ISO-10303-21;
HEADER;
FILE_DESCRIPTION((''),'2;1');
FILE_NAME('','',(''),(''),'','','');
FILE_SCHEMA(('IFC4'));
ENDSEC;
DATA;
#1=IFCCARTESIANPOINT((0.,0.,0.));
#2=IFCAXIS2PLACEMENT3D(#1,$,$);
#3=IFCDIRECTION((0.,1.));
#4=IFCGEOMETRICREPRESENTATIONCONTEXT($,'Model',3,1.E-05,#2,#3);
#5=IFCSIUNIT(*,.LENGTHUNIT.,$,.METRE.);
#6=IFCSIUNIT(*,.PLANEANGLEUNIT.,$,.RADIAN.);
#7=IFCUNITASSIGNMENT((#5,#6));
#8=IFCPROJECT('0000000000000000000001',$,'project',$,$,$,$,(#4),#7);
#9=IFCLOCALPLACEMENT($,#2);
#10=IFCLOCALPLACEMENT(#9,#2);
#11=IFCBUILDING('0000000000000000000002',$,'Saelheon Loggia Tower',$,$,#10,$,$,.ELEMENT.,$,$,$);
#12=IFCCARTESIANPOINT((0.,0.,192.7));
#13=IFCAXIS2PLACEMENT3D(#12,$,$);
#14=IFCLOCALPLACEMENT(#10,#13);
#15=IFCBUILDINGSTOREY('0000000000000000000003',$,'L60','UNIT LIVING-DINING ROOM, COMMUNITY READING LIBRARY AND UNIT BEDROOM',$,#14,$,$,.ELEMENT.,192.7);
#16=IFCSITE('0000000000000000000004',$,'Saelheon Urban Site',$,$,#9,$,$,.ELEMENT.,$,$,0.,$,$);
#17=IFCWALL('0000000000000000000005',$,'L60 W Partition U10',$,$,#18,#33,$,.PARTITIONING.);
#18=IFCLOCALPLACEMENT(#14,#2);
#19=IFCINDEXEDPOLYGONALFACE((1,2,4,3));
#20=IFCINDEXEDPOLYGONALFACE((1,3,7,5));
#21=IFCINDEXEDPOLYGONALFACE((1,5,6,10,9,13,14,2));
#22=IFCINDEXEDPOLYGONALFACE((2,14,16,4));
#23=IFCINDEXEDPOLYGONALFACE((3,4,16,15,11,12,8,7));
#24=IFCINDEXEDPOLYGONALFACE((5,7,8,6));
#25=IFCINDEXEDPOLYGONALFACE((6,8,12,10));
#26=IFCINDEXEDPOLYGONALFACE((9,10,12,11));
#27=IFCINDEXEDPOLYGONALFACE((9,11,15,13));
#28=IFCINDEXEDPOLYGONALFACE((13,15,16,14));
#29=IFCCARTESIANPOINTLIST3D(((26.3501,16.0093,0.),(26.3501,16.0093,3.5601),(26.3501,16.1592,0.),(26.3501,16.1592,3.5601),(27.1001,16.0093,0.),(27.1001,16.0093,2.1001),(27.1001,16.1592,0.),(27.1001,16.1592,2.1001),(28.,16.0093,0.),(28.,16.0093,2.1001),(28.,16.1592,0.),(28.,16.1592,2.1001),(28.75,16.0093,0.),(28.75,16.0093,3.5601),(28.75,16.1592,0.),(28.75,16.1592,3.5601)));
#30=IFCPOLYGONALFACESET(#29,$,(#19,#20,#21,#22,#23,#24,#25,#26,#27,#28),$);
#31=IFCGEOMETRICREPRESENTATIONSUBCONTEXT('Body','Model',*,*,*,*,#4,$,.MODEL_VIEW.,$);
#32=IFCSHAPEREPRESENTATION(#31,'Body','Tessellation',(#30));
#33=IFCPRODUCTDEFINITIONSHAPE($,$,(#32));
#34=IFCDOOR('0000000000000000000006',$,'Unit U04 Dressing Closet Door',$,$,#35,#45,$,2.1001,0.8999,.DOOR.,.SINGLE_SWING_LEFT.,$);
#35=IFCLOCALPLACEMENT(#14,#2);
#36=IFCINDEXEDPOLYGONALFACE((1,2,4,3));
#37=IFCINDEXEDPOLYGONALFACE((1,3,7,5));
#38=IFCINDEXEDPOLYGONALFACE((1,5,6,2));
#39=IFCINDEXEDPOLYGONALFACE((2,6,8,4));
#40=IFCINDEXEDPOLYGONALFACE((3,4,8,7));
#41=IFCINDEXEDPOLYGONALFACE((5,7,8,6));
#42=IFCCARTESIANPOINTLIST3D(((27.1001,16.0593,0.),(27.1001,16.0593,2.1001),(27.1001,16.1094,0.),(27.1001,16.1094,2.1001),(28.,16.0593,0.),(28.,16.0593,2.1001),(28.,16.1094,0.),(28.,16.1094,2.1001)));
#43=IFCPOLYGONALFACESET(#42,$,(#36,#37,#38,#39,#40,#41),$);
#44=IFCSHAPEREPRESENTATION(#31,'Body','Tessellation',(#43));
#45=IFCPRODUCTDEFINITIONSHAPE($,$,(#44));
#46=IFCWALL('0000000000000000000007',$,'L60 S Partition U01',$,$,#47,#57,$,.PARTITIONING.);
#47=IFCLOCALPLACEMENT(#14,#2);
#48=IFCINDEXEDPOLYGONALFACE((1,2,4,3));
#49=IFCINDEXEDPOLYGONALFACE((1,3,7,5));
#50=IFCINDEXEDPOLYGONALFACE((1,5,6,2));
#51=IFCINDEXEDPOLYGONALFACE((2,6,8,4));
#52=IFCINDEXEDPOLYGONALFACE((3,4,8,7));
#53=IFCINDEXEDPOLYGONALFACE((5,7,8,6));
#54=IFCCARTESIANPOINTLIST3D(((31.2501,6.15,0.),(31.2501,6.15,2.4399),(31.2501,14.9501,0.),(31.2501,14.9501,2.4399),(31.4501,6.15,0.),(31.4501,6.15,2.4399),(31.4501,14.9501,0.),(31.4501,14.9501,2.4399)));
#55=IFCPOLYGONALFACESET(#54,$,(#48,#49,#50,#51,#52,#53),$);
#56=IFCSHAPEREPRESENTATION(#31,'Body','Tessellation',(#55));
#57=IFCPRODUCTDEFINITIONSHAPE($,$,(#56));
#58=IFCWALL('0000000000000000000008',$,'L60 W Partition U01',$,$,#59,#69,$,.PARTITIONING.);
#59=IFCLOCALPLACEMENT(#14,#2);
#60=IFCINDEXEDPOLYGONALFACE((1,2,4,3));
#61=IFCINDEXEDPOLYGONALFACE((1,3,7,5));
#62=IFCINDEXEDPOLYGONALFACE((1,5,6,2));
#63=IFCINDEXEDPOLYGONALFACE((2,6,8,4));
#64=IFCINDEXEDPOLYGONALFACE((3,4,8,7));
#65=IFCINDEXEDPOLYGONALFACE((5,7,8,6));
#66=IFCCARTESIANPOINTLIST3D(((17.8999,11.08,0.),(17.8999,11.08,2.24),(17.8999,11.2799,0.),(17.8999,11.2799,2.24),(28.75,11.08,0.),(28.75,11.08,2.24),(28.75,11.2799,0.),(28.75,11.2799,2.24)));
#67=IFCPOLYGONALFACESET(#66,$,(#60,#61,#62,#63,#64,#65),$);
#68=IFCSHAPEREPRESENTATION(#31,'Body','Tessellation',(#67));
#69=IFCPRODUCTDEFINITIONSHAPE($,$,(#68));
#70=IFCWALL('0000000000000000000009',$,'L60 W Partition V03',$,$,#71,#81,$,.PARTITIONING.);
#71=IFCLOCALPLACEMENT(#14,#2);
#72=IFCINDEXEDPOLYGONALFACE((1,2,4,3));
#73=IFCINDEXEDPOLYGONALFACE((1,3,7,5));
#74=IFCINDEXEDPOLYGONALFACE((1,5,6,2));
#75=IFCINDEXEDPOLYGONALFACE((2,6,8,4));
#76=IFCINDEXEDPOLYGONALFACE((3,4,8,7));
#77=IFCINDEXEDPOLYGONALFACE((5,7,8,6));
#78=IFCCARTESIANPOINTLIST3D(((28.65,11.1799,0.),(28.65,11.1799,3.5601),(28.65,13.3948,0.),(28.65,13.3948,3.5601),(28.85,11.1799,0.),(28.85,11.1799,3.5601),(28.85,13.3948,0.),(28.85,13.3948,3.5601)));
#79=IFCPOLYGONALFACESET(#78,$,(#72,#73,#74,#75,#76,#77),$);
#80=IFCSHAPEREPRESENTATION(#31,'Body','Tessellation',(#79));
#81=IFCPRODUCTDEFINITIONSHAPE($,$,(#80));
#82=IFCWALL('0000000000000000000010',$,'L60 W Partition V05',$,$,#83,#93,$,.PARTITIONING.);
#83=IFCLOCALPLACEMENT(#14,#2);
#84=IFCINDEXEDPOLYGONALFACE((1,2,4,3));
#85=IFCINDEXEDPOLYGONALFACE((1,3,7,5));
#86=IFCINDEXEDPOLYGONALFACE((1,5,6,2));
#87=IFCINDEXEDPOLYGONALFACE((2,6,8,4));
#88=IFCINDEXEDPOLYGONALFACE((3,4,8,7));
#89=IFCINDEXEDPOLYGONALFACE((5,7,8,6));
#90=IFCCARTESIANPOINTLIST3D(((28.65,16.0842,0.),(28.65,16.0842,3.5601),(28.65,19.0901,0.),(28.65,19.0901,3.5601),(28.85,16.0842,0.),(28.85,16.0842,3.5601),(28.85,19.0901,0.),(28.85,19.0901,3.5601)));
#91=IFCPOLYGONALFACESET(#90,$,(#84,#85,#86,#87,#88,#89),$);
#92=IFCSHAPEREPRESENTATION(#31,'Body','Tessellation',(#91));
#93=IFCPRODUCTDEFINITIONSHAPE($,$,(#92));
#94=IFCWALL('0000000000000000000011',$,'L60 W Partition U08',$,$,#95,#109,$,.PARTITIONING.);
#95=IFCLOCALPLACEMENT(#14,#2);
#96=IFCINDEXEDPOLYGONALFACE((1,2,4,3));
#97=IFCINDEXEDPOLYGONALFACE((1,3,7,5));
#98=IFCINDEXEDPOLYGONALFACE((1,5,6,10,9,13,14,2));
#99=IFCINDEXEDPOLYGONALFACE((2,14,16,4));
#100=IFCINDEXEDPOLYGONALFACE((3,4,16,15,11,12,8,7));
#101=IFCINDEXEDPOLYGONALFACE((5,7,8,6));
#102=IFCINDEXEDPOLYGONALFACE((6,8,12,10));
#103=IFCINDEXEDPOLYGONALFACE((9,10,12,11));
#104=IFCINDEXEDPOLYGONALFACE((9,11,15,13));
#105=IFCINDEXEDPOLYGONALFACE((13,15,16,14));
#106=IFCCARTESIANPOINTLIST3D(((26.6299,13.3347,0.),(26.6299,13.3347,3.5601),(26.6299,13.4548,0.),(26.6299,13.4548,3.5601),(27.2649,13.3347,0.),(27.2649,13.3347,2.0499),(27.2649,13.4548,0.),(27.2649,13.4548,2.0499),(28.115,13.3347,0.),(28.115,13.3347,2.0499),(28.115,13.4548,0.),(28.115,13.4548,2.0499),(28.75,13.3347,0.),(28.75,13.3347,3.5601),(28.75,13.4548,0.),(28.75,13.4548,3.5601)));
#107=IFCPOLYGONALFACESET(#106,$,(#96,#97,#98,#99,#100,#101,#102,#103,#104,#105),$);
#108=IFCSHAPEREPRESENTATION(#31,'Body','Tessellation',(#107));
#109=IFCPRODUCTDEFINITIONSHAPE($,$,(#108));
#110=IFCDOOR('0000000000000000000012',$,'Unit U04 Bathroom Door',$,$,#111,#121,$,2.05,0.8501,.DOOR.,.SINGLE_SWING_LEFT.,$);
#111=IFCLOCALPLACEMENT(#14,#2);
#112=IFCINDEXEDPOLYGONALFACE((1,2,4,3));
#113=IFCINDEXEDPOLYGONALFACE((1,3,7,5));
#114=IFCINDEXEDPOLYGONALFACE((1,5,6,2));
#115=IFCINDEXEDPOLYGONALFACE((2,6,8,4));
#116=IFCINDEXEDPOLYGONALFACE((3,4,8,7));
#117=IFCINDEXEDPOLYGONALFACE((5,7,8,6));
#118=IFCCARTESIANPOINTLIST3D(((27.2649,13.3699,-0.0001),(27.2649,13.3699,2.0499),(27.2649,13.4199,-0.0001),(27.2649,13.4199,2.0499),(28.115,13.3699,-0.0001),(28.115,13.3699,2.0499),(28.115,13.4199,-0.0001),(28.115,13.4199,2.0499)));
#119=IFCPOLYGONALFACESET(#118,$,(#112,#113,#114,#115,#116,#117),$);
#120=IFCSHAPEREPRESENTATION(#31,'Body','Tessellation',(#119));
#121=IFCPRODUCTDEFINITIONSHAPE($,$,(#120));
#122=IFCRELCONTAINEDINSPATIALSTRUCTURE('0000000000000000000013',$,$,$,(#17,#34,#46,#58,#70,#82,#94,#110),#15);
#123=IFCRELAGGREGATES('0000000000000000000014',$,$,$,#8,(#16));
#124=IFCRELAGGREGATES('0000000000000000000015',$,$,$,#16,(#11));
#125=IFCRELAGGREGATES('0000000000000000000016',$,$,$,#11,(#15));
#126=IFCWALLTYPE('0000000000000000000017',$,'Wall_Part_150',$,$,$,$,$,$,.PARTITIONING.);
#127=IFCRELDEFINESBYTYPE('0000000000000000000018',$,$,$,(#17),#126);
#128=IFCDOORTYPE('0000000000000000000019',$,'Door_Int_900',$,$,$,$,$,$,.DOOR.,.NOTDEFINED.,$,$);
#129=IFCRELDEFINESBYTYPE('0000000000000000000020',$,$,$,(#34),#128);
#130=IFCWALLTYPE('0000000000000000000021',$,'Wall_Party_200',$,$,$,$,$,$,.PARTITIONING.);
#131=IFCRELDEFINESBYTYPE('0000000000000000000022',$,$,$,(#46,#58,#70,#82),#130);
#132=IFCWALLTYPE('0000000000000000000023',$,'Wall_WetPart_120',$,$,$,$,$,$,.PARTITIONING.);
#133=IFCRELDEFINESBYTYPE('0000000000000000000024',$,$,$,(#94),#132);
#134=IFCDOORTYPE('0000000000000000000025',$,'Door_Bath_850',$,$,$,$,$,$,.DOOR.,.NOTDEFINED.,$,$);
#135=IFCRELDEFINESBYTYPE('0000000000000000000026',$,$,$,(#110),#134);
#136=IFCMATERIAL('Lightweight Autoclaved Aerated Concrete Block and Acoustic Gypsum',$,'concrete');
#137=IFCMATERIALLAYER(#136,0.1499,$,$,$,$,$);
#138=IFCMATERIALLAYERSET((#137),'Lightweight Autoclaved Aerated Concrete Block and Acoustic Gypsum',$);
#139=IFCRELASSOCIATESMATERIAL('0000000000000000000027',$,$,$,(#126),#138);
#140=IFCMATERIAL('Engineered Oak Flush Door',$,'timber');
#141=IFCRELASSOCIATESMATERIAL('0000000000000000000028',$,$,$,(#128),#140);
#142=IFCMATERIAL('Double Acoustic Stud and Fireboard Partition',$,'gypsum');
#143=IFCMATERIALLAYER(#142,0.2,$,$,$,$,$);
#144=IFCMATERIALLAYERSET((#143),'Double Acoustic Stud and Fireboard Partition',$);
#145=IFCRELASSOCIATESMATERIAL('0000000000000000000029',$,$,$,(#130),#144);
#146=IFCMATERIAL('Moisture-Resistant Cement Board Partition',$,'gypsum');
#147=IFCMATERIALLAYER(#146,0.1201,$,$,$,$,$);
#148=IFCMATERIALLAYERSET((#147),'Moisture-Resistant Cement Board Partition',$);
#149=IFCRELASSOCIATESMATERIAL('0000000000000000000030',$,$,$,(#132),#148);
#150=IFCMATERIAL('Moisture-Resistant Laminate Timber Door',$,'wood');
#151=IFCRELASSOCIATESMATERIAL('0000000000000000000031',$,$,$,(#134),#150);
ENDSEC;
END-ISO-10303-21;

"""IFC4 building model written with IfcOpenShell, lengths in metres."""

from ifc_helpers import new_model, si_unit, direction, frame, frame_2d, origin, place, context, subcontext, project, spatial, rectangle, extrude, source, transform, mapped, material, layer, layer_set, type_object, element, fill, save


model = new_model("IFC4")

# Units and contexts
model_context = context("Model", 3, precision=1e-05, world=origin(), true_north=direction((0.0, 1.0)))
body_context = subcontext(model_context, "Body", "Model", "MODEL_VIEW")
ifc_project = project(units=[si_unit("LENGTHUNIT", "METRE"), si_unit("PLANEANGLEUNIT", "RADIAN")], contexts=[model_context])

# Site, building, storey
site_placement = place(None, origin())
site = spatial("IfcSite", under=ifc_project, at=site_placement, Name="Saelheon Urban Site", CompositionType="ELEMENT", RefElevation=0.0)
building_placement = place(site_placement, origin())
building = spatial("IfcBuilding", under=site, at=building_placement, Name="Saelheon Loggia Tower", CompositionType="ELEMENT")
storey_placement = place(building_placement, frame((0.0, 0.0, 192.7)))
storey = spatial("IfcBuildingStorey", under=building, at=storey_placement, Name="L60", Description="UNIT LIVING-DINING ROOM, COMMUNITY READING LIBRARY AND UNIT BEDROOM", CompositionType="ELEMENT", Elevation=192.7)

# Wall, opening, door
ifc_material_1 = material(Name="Lightweight Autoclaved Aerated Concrete Block and Acoustic Gypsum", Category="concrete")
ifc_layer_1 = layer(ifc_material_1, 0.1499)
ifc_layer_set_1 = layer_set([ifc_layer_1], Name="Lightweight Autoclaved Aerated Concrete Block and Acoustic Gypsum")
wall_type_1 = type_object("IfcWallType", Name="Wall_Part_150", PredefinedType="PARTITIONING", material=ifc_layer_set_1)
ifc_material_2 = material(Name="Engineered Oak Flush Door", Category="timber")
door_type_1 = type_object("IfcDoorType", Name="Door_Int_900", OperationType="NOTDEFINED", PredefinedType="DOOR", material=ifc_material_2)
shared_shape_1 = source(origin(), body_context, "Body", "SweptSolid", [
    extrude(rectangle(XDim=0.8999, YDim=2.1001, at=frame_2d((0.45, 1.05))), frame((0.0, 0.0249, 0.0), z_axis=(0.0, -1.0, 0.0), x_axis=(1.0, 0.0, 0.0)), (0.0, 0.0, 1.0), 0.05),
])
wall_1_placement = place(storey_placement, frame((28.75, 16.0842, 0.0), z_axis=(0.0, 0.0, 1.0), x_axis=(-1.0, 0.0, 0.0)))
wall_1 = element("IfcWall", 1, at=wall_1_placement, inside=storey, type_object=wall_type_1, Name="L60 W Partition U10", PredefinedType="PARTITIONING", context=body_context, shape_type="SweptSolid", body=[
    extrude(rectangle(XDim=2.3999, YDim=0.1499, at=frame_2d((1.2, 0.0))), origin(), (0.0, 0.0, 1.0), 3.5601),
])
opening_1_placement = place(wall_1_placement, frame((0.75, 0.0, 0.0)))
opening_1 = element("IfcOpeningElement", 2, at=opening_1_placement, cuts=wall_1, PredefinedType="OPENING", context=body_context, shape_type="SweptSolid", body=[
    extrude(rectangle(XDim=0.8999, YDim=2.1001, at=frame_2d((0.45, 1.05))), frame((0.0, 0.0869, 0.0), z_axis=(0.0, -1.0, 0.0), x_axis=(1.0, 0.0, 0.0)), (0.0, 0.0, 1.0), 0.1738),
])
door_1_placement = place(opening_1_placement, origin())
door_1 = element("IfcDoor", 3, at=door_1_placement, inside=storey, type_object=door_type_1, Name="Unit U04 Dressing Closet Door", OperationType="SINGLE_SWING_LEFT", OverallHeight=2.1001, OverallWidth=0.8999, PredefinedType="DOOR", context=body_context, shape_type="MappedRepresentation", body=[
    mapped(shared_shape_1, transform((0.0, 0.0, 0.0), scale=1.0)),
])
fill(opening_1, door_1)

# Walls
ifc_material_3 = material(Name="Double Acoustic Stud and Fireboard Partition", Category="gypsum")
ifc_layer_2 = layer(ifc_material_3, 0.2)
ifc_layer_set_2 = layer_set([ifc_layer_2], Name="Double Acoustic Stud and Fireboard Partition")
wall_type_2 = type_object("IfcWallType", Name="Wall_Party_200", PredefinedType="PARTITIONING", material=ifc_layer_set_2)
wall_2_placement = place(storey_placement, frame((31.3501, 14.95, 0.0), z_axis=(0.0, 0.0, 1.0), x_axis=(0.0, -1.0, 0.0)))
element("IfcWall", 4, at=wall_2_placement, inside=storey, type_object=wall_type_2, Name="L60 S Partition U01", PredefinedType="PARTITIONING", context=body_context, shape_type="SweptSolid", body=[
    extrude(rectangle(XDim=8.8, YDim=0.2, at=frame_2d((4.3999, 0.0))), origin(), (0.0, 0.0, 1.0), 2.4399),
])
wall_3_placement = place(storey_placement, frame((28.75, 11.1799, 0.0), z_axis=(0.0, 0.0, 1.0), x_axis=(-1.0, 0.0, 0.0)))
element("IfcWall", 5, at=wall_3_placement, inside=storey, type_object=wall_type_2, Name="L60 W Partition U01", PredefinedType="PARTITIONING", context=body_context, shape_type="SweptSolid", body=[
    extrude(rectangle(XDim=10.8501, YDim=0.2, at=frame_2d((5.425, 0.0))), origin(), (0.0, 0.0, 1.0), 2.24),
])
wall_4_placement = place(storey_placement, frame((28.75, 11.1799, 0.0), z_axis=(0.0, 0.0, 1.0), x_axis=(0.0, 1.0, 0.0)))
element("IfcWall", 6, at=wall_4_placement, inside=storey, type_object=wall_type_2, Name="L60 W Partition V03", PredefinedType="PARTITIONING", context=body_context, shape_type="SweptSolid", body=[
    extrude(rectangle(XDim=2.2148, YDim=0.2, at=frame_2d((1.1074, 0.0))), origin(), (0.0, 0.0, 1.0), 3.5601),
])

# Wall
wall_5_placement = place(storey_placement, frame((28.75, 16.0842, 0.0), z_axis=(0.0, 0.0, 1.0), x_axis=(0.0, 1.0, 0.0)))
element("IfcWall", 7, at=wall_5_placement, inside=storey, type_object=wall_type_2, Name="L60 W Partition V05", PredefinedType="PARTITIONING", context=body_context, shape_type="SweptSolid", body=[
    extrude(rectangle(XDim=3.0059, YDim=0.2, at=frame_2d((1.5029, 0.0))), origin(), (0.0, 0.0, 1.0), 3.5601),
])

# Wall, opening, door
ifc_material_4 = material(Name="Moisture-Resistant Cement Board Partition", Category="gypsum")
ifc_layer_3 = layer(ifc_material_4, 0.1201)
ifc_layer_set_3 = layer_set([ifc_layer_3], Name="Moisture-Resistant Cement Board Partition")
wall_type_3 = type_object("IfcWallType", Name="Wall_WetPart_120", PredefinedType="PARTITIONING", material=ifc_layer_set_3)
wall_6_placement = place(storey_placement, frame((28.75, 13.3948, 0.0), z_axis=(0.0, 0.0, 1.0), x_axis=(-1.0, 0.0, 0.0)))
wall_6 = element("IfcWall", 8, at=wall_6_placement, inside=storey, type_object=wall_type_3, Name="L60 W Partition U08", PredefinedType="PARTITIONING", context=body_context, shape_type="SweptSolid", body=[
    extrude(rectangle(XDim=2.1201, YDim=0.1201, at=frame_2d((1.0601, 0.0))), origin(), (0.0, 0.0, 1.0), 3.5601),
])
opening_2_placement = place(wall_6_placement, frame((0.635, 0.0, 0.0)))
opening_2 = element("IfcOpeningElement", 9, at=opening_2_placement, cuts=wall_6, PredefinedType="OPENING", context=body_context, shape_type="SweptSolid", body=[
    extrude(rectangle(XDim=0.8501, YDim=2.05, at=frame_2d((0.425, 1.0249))), frame((0.0, 0.072, 0.0), z_axis=(0.0, -1.0, 0.0), x_axis=(1.0, 0.0, 0.0)), (0.0, 0.0, 1.0), 0.144),
])
ifc_material_5 = material(Name="Moisture-Resistant Laminate Timber Door", Category="wood")
door_type_2 = type_object("IfcDoorType", Name="Door_Bath_850", OperationType="NOTDEFINED", PredefinedType="DOOR", material=ifc_material_5)
shared_shape_2 = source(origin(), body_context, "Body", "SweptSolid", [
    extrude(rectangle(XDim=0.8501, YDim=2.05, at=frame_2d((0.425, 1.0249))), frame((0.0, 0.0249, 0.0), z_axis=(0.0, -1.0, 0.0), x_axis=(1.0, 0.0, 0.0)), (0.0, 0.0, 1.0), 0.05),
])
door_2_placement = place(opening_2_placement, origin())
door_2 = element("IfcDoor", 10, at=door_2_placement, inside=storey, type_object=door_type_2, Name="Unit U04 Bathroom Door", OperationType="SINGLE_SWING_LEFT", OverallHeight=2.05, OverallWidth=0.8501, PredefinedType="DOOR", context=body_context, shape_type="MappedRepresentation", body=[
    mapped(shared_shape_2, transform((0.0, 0.0, 0.0), scale=1.0)),
])
fill(opening_2, door_2)

save(model, "model.ifc")
